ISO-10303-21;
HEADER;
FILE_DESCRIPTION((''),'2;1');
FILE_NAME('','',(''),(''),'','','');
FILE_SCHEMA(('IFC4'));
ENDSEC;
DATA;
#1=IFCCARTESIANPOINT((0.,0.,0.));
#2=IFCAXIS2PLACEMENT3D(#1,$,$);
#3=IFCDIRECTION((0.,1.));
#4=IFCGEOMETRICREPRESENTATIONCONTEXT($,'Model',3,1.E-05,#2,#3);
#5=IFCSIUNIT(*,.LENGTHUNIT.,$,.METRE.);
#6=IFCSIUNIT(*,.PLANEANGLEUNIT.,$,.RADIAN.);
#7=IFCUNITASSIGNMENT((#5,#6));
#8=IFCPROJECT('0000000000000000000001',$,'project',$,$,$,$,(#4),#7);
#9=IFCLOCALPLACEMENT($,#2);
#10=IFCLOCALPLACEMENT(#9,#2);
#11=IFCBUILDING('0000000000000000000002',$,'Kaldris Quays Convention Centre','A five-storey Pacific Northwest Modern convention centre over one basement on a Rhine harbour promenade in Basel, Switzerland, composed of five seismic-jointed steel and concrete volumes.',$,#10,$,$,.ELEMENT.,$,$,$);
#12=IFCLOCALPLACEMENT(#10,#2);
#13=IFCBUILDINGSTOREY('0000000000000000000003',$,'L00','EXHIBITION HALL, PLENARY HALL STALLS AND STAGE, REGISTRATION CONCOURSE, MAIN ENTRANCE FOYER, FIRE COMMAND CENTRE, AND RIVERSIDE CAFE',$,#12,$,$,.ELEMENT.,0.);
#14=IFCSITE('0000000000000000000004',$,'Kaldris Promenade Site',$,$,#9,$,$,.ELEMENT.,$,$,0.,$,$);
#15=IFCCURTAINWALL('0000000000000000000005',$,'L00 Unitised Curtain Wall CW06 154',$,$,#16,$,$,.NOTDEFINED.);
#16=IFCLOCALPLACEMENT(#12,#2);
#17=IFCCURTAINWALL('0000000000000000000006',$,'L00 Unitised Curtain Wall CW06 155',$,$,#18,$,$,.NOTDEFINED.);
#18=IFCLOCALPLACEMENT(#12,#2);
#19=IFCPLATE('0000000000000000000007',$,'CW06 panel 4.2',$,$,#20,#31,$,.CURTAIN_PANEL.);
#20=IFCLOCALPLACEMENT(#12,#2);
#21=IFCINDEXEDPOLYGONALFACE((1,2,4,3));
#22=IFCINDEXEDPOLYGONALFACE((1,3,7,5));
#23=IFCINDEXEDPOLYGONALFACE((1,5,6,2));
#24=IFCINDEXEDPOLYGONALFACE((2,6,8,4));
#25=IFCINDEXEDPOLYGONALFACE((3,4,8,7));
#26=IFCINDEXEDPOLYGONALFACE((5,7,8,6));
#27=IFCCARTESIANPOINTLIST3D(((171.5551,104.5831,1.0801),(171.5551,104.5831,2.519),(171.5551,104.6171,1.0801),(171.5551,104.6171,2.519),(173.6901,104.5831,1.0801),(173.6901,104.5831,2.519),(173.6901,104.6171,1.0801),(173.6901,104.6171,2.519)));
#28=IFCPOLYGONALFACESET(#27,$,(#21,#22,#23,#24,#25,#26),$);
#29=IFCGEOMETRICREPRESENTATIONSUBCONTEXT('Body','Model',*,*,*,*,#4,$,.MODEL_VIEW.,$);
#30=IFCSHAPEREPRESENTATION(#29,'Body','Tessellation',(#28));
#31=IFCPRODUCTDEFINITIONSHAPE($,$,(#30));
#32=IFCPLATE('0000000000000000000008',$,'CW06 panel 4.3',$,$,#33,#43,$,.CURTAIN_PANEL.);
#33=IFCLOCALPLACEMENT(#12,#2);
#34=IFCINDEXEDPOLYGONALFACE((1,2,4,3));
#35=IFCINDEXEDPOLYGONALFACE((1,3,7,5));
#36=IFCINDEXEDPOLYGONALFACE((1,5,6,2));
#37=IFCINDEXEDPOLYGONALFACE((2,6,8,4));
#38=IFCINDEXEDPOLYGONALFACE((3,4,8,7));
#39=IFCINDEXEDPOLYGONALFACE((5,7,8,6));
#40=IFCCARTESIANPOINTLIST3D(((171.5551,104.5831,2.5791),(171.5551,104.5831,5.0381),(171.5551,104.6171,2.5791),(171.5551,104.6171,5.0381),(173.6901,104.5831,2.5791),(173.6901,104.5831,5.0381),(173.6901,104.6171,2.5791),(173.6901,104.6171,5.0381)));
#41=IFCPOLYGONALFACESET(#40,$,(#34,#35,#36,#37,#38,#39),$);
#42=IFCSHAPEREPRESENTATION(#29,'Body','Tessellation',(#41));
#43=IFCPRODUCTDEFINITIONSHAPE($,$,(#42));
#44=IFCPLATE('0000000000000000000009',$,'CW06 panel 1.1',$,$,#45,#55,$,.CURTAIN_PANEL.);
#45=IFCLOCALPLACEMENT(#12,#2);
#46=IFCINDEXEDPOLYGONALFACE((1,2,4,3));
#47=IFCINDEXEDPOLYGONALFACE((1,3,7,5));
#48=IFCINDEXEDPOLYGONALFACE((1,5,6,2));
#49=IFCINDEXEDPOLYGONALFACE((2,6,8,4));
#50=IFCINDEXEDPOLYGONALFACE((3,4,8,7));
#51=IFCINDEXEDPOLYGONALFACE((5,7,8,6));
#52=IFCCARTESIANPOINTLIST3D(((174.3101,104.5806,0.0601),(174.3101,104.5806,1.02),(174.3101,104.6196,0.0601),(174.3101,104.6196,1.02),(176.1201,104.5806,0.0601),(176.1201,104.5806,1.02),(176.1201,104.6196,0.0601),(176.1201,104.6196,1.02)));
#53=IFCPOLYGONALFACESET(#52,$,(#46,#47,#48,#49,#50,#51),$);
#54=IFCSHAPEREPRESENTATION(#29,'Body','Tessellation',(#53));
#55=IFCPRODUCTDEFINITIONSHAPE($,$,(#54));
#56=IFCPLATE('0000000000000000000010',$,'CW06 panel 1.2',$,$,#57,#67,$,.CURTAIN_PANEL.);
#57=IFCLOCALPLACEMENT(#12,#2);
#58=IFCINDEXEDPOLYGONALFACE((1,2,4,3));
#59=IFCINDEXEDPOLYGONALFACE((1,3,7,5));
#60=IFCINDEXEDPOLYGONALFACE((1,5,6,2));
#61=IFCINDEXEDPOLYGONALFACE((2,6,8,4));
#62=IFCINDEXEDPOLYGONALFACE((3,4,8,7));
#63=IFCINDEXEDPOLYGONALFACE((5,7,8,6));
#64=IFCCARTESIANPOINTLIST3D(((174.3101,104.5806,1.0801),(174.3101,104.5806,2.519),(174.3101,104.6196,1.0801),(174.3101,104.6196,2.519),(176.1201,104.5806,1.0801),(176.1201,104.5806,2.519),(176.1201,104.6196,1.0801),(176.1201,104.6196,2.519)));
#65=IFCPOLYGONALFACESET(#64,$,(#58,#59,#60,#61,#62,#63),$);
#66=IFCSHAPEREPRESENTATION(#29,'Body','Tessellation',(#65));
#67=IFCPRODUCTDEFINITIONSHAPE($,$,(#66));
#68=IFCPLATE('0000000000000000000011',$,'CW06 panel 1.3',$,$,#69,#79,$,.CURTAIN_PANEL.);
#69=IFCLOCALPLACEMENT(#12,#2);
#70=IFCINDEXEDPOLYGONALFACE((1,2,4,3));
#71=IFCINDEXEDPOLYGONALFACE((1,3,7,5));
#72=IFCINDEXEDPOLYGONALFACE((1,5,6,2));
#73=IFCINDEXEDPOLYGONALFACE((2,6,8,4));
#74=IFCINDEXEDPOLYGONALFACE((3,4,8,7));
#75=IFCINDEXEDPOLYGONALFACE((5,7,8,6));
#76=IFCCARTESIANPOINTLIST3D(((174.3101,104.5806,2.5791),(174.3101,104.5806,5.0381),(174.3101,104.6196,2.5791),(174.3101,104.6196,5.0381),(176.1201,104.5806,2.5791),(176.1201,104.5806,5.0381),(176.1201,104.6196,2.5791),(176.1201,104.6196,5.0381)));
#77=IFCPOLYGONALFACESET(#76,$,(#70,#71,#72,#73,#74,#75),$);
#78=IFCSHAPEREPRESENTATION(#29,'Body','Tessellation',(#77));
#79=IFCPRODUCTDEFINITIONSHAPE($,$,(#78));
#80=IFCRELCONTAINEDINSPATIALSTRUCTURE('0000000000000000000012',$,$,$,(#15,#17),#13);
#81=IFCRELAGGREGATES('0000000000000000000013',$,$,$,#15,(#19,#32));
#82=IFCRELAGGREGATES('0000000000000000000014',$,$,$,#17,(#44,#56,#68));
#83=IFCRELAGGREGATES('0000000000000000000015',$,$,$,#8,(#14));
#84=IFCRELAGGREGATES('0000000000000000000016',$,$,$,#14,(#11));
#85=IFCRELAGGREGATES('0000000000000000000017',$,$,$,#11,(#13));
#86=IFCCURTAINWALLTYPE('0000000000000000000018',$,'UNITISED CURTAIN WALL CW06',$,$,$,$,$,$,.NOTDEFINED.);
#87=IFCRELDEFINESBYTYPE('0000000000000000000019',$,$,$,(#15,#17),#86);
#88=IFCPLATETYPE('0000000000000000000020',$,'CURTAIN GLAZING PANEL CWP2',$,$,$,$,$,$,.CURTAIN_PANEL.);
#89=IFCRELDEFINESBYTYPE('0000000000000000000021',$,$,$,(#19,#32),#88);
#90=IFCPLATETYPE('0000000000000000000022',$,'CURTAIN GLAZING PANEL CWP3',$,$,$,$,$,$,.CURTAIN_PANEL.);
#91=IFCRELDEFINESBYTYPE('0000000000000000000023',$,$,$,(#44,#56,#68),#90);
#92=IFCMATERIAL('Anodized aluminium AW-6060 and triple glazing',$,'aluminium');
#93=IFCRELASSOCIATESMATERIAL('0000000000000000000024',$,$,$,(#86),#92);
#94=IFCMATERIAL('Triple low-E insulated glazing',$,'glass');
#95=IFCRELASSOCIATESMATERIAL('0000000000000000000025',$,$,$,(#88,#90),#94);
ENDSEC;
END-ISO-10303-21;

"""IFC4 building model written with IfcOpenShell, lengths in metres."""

from ifc_helpers import new_model, si_unit, direction, frame, origin, origin_2d, place, context, subcontext, project, spatial, rectangle, extrude, material, type_object, element, aggregate, save


model = new_model("IFC4")

# Units and contexts
model_context = context("Model", 3, precision=1e-05, world=origin(), true_north=direction((0.0, 1.0)))
body_context = subcontext(model_context, "Body", "Model", "MODEL_VIEW")
ifc_project = project(units=[si_unit("LENGTHUNIT", "METRE"), si_unit("PLANEANGLEUNIT", "RADIAN")], contexts=[model_context])

# Site, building, storey
site_placement = place(None, origin())
site = spatial("IfcSite", under=ifc_project, at=site_placement, Name="Kaldris Promenade Site", CompositionType="ELEMENT", RefElevation=0.0)
building_placement = place(site_placement, origin())
building = spatial("IfcBuilding", under=site, at=building_placement, Name="Kaldris Quays Convention Centre", Description="A five-storey Pacific Northwest Modern convention centre over one basement on a Rhine harbour promenade in Basel, Switzerland, composed of five seismic-jointed steel and concrete volumes.", CompositionType="ELEMENT")
storey_placement = place(building_placement, origin())
storey = spatial("IfcBuildingStorey", under=building, at=storey_placement, Name="L00", Description="EXHIBITION HALL, PLENARY HALL STALLS AND STAGE, REGISTRATION CONCOURSE, MAIN ENTRANCE FOYER, FIRE COMMAND CENTRE, AND RIVERSIDE CAFE", CompositionType="ELEMENT", Elevation=0.0)

# Curtain walls
ifc_material_1 = material(Name="Anodized aluminium AW-6060 and triple glazing", Category="aluminium")
curtain_wall_type = type_object("IfcCurtainWallType", Name="UNITISED CURTAIN WALL CW06", PredefinedType="NOTDEFINED", material=ifc_material_1)
curtain_wall_1_placement = place(storey_placement, origin())
curtain_wall_1 = element("IfcCurtainWall", 1, at=curtain_wall_1_placement, inside=storey, type_object=curtain_wall_type, Name="L00 Unitised Curtain Wall CW06 154", PredefinedType="NOTDEFINED")
curtain_wall_2_placement = place(storey_placement, origin())
curtain_wall_2 = element("IfcCurtainWall", 2, at=curtain_wall_2_placement, inside=storey, type_object=curtain_wall_type, Name="L00 Unitised Curtain Wall CW06 155", PredefinedType="NOTDEFINED")

# Plates
ifc_material_2 = material(Name="Triple low-E insulated glazing", Category="glass")
plate_type_1 = type_object("IfcPlateType", Name="CURTAIN GLAZING PANEL CWP2", PredefinedType="CURTAIN_PANEL", material=ifc_material_2)
plate_1_placement = place(storey_placement, frame((172.6226, 104.6001, 1.0801), z_axis=(0.0, 0.0, 1.0), x_axis=(1.0, 0.0, 0.0)))
plate_1 = element("IfcPlate", 3, at=plate_1_placement, type_object=plate_type_1, Name="CW06 panel 4.2", PredefinedType="CURTAIN_PANEL", context=body_context, shape_type="SweptSolid", body=[
    extrude(rectangle(XDim=2.135, YDim=0.0339, at=origin_2d()), origin(), (0.0, 0.0, 1.0), 1.439),
])
plate_2_placement = place(storey_placement, frame((172.6226, 104.6001, 2.5791), z_axis=(0.0, 0.0, 1.0), x_axis=(1.0, 0.0, 0.0)))
plate_2 = element("IfcPlate", 4, at=plate_2_placement, type_object=plate_type_1, Name="CW06 panel 4.3", PredefinedType="CURTAIN_PANEL", context=body_context, shape_type="SweptSolid", body=[
    extrude(rectangle(XDim=2.135, YDim=0.0339, at=origin_2d()), origin(), (0.0, 0.0, 1.0), 2.459),
])
aggregate(curtain_wall_1, [plate_1, plate_2])
plate_type_2 = type_object("IfcPlateType", Name="CURTAIN GLAZING PANEL CWP3", PredefinedType="CURTAIN_PANEL", material=ifc_material_2)
plate_3_placement = place(storey_placement, frame((175.2151, 104.6001, 0.0601), z_axis=(0.0, 0.0, 1.0), x_axis=(1.0, 0.0, 0.0)))
plate_3 = element("IfcPlate", 5, at=plate_3_placement, type_object=plate_type_2, Name="CW06 panel 1.1", PredefinedType="CURTAIN_PANEL", context=body_context, shape_type="SweptSolid", body=[
    extrude(rectangle(XDim=1.8101, YDim=0.0391, at=origin_2d()), origin(), (0.0, 0.0, 1.0), 0.96),
])
plate_4_placement = place(storey_placement, frame((175.2151, 104.6001, 1.0801), z_axis=(0.0, 0.0, 1.0), x_axis=(1.0, 0.0, 0.0)))
plate_4 = element("IfcPlate", 6, at=plate_4_placement, type_object=plate_type_2, Name="CW06 panel 1.2", PredefinedType="CURTAIN_PANEL", context=body_context, shape_type="SweptSolid", body=[
    extrude(rectangle(XDim=1.8101, YDim=0.0391, at=origin_2d()), origin(), (0.0, 0.0, 1.0), 1.439),
])
plate_5_placement = place(storey_placement, frame((175.2151, 104.6001, 2.5791), z_axis=(0.0, 0.0, 1.0), x_axis=(1.0, 0.0, 0.0)))
plate_5 = element("IfcPlate", 7, at=plate_5_placement, type_object=plate_type_2, Name="CW06 panel 1.3", PredefinedType="CURTAIN_PANEL", context=body_context, shape_type="SweptSolid", body=[
    extrude(rectangle(XDim=1.8101, YDim=0.0391, at=origin_2d()), origin(), (0.0, 0.0, 1.0), 2.459),
])
aggregate(curtain_wall_2, [plate_3, plate_4, plate_5])

save(model, "model.ifc")
